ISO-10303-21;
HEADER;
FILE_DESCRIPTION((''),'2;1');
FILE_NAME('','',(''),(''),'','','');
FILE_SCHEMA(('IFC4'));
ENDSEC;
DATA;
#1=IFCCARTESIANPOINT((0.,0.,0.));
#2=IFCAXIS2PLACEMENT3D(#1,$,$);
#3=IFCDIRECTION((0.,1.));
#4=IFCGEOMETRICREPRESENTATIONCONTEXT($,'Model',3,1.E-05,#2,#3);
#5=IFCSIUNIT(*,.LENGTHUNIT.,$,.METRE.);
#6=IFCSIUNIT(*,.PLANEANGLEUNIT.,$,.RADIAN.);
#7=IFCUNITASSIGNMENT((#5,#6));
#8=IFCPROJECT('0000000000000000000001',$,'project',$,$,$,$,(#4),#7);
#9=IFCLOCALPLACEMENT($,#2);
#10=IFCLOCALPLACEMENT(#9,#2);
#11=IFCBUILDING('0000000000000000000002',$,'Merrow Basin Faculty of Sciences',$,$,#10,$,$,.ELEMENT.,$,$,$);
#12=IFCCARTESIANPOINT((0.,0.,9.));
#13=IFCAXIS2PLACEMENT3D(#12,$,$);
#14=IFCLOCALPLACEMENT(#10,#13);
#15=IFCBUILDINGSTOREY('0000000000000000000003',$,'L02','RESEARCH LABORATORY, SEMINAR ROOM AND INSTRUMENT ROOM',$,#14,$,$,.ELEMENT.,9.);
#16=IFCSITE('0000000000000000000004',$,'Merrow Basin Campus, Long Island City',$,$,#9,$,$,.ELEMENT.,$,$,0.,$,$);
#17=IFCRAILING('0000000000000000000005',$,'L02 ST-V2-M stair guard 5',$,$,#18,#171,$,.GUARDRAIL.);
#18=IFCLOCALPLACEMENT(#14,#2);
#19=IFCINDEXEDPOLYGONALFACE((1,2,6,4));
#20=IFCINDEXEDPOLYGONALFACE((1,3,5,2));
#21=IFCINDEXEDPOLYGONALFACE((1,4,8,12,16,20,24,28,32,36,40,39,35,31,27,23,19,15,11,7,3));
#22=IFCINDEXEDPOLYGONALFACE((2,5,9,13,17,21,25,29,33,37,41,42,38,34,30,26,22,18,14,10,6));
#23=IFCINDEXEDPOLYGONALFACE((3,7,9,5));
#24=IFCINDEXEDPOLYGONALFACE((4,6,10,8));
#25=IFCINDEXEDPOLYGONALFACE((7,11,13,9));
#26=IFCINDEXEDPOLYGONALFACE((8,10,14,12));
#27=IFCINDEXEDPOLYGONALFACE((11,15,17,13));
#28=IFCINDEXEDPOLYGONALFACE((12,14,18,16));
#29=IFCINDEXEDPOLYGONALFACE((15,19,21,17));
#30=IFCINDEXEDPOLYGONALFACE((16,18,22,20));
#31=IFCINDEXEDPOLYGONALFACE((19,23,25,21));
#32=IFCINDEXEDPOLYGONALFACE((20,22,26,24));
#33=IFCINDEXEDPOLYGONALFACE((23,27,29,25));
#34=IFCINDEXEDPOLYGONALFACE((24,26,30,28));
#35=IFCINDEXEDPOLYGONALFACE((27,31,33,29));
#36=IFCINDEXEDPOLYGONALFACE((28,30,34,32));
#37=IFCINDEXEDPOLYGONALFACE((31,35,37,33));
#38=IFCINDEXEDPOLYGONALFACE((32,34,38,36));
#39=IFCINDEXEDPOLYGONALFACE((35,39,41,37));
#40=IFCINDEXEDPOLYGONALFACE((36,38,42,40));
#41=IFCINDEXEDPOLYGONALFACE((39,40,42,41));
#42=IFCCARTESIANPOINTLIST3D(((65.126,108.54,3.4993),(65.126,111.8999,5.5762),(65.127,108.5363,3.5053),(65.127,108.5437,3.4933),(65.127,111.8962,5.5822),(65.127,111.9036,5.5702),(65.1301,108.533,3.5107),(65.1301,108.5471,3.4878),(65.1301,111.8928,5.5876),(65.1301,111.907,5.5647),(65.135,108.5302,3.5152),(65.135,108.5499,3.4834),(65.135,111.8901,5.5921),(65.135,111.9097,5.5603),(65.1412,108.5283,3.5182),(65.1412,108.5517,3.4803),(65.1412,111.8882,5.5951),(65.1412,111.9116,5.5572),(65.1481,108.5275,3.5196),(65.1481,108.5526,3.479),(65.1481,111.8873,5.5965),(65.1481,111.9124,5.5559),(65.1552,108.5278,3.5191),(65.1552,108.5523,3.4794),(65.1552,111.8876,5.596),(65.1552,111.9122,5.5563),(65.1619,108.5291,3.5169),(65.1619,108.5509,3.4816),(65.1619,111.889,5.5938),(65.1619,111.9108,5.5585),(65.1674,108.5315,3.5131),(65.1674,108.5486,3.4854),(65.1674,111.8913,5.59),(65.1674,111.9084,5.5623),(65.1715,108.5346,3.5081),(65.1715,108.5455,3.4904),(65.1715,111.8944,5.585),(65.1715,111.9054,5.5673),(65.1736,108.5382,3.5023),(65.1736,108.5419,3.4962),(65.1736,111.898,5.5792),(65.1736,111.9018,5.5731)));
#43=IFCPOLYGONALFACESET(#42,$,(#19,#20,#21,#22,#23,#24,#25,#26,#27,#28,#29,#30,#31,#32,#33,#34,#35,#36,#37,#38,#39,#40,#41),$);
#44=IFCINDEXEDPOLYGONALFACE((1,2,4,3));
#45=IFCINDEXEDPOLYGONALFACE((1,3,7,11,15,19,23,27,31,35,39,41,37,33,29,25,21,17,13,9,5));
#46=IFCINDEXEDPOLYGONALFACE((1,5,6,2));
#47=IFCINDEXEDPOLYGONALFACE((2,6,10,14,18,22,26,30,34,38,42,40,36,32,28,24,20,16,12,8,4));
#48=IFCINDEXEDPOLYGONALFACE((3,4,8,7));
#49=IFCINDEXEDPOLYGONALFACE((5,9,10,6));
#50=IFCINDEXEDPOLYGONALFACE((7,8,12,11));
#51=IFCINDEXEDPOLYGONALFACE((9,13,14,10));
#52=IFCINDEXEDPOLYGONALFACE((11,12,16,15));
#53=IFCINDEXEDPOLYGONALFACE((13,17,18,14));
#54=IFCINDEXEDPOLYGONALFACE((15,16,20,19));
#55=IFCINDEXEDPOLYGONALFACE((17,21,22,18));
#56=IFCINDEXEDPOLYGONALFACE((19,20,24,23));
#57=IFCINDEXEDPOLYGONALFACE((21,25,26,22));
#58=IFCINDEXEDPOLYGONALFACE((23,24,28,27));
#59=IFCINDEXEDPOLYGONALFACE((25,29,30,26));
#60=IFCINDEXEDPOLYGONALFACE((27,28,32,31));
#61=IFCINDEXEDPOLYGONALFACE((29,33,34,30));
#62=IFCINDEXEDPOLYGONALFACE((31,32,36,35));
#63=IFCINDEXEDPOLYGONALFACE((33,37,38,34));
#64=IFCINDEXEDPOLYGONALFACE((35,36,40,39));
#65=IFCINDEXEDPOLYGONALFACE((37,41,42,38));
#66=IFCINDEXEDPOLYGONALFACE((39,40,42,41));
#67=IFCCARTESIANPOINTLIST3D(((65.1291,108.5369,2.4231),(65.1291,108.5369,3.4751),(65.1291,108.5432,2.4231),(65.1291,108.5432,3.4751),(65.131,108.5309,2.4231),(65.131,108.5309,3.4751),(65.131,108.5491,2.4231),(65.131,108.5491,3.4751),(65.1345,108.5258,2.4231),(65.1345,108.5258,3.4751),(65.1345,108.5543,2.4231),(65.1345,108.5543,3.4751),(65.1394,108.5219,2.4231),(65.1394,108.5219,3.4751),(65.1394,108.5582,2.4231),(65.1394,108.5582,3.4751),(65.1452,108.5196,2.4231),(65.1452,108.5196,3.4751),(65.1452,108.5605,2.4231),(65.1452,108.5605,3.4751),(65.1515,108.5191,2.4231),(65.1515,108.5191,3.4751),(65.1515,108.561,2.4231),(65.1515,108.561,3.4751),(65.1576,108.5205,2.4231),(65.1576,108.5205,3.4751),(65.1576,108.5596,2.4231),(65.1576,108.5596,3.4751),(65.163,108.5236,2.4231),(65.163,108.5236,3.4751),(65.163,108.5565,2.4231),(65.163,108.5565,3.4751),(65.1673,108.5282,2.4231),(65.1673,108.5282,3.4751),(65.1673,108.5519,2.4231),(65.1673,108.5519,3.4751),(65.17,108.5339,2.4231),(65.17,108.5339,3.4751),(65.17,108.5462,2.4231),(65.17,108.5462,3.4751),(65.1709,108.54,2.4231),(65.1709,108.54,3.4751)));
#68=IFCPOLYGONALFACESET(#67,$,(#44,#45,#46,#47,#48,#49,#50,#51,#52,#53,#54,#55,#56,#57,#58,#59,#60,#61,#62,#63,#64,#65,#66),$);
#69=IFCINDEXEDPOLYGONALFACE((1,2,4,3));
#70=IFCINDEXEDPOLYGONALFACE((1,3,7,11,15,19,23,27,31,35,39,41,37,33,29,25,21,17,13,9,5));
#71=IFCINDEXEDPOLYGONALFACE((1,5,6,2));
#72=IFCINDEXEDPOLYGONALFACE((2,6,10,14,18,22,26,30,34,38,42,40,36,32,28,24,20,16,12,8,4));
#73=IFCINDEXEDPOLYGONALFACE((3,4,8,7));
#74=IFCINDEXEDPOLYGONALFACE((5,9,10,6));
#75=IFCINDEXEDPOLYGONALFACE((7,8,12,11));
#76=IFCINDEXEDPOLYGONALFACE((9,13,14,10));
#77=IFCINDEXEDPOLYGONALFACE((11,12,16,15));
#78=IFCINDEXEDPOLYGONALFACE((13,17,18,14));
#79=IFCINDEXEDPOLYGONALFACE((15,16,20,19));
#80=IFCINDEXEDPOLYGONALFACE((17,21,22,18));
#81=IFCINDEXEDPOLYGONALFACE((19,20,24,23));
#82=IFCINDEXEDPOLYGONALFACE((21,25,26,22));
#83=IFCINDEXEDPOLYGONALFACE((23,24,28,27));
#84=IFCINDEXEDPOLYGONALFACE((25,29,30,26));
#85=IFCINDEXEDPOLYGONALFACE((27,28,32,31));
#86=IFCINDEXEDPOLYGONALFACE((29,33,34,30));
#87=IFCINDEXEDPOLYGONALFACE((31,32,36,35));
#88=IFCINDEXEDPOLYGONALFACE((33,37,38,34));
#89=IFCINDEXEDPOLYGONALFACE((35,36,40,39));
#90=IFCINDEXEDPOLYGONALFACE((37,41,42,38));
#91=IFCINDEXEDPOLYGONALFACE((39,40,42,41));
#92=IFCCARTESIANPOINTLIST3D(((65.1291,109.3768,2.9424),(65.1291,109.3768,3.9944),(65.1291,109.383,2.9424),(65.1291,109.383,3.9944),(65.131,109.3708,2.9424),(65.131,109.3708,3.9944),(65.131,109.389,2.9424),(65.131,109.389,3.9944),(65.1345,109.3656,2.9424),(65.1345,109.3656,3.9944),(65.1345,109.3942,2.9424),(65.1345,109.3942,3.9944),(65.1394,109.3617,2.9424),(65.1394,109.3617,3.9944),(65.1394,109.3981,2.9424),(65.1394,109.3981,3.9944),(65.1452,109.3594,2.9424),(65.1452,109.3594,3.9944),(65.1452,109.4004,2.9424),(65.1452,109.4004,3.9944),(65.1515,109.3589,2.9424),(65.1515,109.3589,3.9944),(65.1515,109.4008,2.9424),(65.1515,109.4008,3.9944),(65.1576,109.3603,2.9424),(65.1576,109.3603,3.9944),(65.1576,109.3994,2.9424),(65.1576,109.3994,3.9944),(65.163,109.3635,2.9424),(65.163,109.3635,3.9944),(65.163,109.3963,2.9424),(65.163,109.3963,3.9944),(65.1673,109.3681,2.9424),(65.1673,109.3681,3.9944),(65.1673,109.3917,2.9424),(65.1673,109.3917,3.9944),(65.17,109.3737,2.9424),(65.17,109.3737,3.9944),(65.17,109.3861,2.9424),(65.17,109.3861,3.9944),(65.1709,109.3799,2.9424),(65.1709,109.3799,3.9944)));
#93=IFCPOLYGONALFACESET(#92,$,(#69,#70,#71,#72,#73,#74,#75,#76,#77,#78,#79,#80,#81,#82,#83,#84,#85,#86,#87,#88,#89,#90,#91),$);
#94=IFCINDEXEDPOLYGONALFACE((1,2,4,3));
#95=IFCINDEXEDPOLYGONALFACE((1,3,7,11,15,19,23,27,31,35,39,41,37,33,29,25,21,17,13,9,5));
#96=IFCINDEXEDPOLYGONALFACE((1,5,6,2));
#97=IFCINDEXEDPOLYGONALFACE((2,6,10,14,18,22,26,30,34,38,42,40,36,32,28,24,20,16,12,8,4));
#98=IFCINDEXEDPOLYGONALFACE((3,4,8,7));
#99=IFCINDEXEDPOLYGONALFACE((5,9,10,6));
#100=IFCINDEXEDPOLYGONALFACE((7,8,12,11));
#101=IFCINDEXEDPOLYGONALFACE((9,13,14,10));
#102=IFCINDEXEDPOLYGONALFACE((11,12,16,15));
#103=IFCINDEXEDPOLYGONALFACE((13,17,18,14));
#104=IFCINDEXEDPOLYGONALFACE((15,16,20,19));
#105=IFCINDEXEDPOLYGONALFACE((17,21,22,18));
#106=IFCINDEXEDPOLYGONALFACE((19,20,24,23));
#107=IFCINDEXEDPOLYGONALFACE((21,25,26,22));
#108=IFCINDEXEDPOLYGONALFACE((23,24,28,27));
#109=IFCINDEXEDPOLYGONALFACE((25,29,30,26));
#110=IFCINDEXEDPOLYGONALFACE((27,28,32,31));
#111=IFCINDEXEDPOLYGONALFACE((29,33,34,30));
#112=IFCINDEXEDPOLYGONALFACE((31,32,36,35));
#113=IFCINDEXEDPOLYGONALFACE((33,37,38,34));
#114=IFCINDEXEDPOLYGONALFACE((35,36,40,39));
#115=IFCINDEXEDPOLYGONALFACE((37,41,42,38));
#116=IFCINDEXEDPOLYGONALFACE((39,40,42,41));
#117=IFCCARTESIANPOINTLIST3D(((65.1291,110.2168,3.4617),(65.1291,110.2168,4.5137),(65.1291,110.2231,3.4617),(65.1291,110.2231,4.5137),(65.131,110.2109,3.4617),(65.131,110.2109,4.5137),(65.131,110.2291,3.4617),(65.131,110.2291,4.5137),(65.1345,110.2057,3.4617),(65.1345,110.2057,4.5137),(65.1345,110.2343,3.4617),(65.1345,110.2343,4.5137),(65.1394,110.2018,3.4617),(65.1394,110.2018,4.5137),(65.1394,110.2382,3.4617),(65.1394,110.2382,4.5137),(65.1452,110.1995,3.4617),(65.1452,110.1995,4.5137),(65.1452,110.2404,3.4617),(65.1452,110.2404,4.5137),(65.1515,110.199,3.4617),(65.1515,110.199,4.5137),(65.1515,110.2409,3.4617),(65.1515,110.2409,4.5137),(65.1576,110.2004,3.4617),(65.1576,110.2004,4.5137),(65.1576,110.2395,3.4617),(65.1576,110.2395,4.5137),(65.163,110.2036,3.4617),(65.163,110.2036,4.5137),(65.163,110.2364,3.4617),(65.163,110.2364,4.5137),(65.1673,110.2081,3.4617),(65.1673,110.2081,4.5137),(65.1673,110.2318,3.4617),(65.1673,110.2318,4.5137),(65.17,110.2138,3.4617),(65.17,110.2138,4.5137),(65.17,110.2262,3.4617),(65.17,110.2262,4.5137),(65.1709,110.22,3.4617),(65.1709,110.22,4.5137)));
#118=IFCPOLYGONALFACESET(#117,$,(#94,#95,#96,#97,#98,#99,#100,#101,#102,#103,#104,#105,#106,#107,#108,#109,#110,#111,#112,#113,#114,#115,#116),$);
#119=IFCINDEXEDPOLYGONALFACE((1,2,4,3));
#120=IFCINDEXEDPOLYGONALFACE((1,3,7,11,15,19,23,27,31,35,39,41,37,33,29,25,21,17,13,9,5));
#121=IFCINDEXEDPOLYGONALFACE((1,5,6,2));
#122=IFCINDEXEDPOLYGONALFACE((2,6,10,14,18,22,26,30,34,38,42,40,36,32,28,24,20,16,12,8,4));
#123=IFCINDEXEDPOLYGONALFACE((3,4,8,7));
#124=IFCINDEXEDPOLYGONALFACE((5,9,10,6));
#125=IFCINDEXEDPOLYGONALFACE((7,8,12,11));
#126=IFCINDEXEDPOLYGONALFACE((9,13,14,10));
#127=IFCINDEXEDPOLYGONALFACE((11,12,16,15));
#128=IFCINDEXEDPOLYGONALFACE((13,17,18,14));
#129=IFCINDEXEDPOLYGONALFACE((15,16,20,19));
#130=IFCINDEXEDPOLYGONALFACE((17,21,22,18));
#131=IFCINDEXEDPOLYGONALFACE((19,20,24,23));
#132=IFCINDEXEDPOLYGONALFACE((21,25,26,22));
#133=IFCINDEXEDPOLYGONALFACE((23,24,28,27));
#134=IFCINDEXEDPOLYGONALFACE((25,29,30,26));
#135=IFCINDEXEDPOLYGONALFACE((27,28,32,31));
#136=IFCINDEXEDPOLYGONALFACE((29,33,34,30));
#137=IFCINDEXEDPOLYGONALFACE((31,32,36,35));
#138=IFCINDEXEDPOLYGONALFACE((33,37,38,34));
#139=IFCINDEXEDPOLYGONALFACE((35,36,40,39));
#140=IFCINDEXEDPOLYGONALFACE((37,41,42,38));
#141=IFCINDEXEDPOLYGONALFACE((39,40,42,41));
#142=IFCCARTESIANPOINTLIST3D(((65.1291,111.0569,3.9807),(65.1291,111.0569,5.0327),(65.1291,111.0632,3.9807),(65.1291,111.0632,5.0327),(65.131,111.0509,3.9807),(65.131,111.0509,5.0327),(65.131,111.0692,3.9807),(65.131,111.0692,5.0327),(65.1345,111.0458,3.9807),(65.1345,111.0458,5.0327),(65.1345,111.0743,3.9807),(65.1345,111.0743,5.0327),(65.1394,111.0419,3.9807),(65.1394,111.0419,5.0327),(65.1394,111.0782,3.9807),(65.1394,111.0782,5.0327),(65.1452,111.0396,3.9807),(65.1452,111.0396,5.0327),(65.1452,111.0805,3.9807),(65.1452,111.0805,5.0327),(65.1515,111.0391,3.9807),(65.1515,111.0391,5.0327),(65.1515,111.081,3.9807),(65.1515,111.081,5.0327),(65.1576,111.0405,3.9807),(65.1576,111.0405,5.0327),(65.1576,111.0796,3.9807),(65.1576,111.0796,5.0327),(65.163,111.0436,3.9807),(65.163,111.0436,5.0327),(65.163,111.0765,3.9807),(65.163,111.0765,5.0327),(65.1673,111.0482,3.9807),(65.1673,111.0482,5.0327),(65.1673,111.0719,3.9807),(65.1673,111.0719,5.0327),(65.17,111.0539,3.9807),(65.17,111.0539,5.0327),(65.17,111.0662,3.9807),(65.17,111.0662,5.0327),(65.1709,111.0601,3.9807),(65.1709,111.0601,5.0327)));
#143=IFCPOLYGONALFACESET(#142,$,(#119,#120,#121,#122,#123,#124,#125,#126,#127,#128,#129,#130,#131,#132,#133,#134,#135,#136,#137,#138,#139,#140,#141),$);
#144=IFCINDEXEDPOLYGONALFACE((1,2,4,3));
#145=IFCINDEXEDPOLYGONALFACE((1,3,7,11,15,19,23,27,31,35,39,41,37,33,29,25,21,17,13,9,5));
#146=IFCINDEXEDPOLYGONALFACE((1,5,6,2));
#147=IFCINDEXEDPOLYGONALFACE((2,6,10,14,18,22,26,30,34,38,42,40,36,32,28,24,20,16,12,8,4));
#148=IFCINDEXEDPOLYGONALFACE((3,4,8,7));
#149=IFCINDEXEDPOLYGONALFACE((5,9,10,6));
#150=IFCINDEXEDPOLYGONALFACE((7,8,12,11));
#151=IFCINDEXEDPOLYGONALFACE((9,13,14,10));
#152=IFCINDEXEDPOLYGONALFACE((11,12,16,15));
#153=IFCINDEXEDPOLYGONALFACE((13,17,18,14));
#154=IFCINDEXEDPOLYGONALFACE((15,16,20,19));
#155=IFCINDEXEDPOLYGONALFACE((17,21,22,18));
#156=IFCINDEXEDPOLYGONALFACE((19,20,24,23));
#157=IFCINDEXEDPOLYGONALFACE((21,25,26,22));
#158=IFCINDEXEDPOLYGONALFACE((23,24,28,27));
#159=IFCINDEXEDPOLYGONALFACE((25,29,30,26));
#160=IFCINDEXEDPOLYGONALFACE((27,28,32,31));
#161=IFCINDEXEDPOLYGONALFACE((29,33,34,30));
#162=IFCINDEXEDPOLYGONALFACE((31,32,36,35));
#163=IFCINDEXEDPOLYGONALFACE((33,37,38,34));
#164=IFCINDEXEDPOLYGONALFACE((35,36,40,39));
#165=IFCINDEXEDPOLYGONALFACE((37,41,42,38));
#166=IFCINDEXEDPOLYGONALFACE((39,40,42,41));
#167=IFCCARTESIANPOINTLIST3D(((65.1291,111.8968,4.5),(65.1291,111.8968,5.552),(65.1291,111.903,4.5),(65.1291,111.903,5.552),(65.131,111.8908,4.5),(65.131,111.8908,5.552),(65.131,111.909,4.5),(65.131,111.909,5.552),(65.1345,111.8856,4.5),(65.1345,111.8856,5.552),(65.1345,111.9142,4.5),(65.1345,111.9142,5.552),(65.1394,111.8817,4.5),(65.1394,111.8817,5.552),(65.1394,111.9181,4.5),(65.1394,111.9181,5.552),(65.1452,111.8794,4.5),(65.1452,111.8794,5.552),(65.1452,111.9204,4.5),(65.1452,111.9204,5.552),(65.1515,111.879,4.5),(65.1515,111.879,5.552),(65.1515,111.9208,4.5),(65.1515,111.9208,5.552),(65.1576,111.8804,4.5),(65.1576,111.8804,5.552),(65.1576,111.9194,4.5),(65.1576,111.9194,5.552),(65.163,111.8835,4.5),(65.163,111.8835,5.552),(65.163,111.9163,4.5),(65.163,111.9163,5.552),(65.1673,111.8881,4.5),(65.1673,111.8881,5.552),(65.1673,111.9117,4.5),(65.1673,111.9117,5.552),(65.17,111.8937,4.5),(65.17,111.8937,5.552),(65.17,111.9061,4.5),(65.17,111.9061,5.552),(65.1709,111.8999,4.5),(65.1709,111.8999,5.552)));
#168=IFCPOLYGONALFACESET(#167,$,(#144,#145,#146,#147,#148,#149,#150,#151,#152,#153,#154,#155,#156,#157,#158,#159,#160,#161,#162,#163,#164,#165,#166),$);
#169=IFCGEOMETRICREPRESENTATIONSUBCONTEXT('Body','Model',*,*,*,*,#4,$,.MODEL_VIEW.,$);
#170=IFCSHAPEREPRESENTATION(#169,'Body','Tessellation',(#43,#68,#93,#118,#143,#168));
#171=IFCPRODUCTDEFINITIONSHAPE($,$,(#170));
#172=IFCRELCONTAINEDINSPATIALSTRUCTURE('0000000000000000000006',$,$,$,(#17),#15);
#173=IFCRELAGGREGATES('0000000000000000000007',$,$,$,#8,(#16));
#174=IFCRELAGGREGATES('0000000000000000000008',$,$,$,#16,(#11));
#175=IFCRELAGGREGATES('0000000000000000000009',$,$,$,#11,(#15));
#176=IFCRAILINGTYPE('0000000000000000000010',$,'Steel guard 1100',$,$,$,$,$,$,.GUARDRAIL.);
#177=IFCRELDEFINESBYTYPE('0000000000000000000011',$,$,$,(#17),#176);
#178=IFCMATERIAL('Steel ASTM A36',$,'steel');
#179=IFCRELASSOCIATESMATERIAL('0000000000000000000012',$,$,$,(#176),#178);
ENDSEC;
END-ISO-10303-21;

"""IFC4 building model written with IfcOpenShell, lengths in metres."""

from ifc_helpers import new_model, si_unit, direction, frame, origin, origin_2d, place, context, subcontext, project, spatial, circle, extrude, material, type_object, element, save


model = new_model("IFC4")

# Units and contexts
model_context = context("Model", 3, precision=1e-05, world=origin(), true_north=direction((0.0, 1.0)))
body_context = subcontext(model_context, "Body", "Model", "MODEL_VIEW")
ifc_project = project(units=[si_unit("LENGTHUNIT", "METRE"), si_unit("PLANEANGLEUNIT", "RADIAN")], contexts=[model_context])

# Site, building, storey
site_placement = place(None, origin())
site = spatial("IfcSite", under=ifc_project, at=site_placement, Name="Merrow Basin Campus, Long Island City", CompositionType="ELEMENT", RefElevation=0.0)
building_placement = place(site_placement, origin())
building = spatial("IfcBuilding", under=site, at=building_placement, Name="Merrow Basin Faculty of Sciences", CompositionType="ELEMENT")
storey_placement = place(building_placement, frame((0.0, 0.0, 9.0)))
storey = spatial("IfcBuildingStorey", under=building, at=storey_placement, Name="L02", Description="RESEARCH LABORATORY, SEMINAR ROOM AND INSTRUMENT ROOM", CompositionType="ELEMENT", Elevation=9.0)

# Railing
ifc_material_1 = material(Name="Steel ASTM A36", Category="steel")
railing_type_1 = type_object("IfcRailingType", Name="Steel guard 1100", PredefinedType="GUARDRAIL", material=ifc_material_1)
railing_1_placement = place(storey_placement, frame((65.1499, 108.54, 2.4231)))
element("IfcRailing", 1, at=railing_1_placement, inside=storey, type_object=railing_type_1, Name="L02 ST-V2-M stair guard 5", PredefinedType="GUARDRAIL", context=body_context, shape_type="SweptSolid", body=[
    extrude(circle(Radius=0.0239, at=origin_2d()), frame((0.0, 0.0, 1.0762), z_axis=(0.0, 0.850606, 0.525803), x_axis=(-1.0, 0.0, 0.0)), (0.0, 0.0, 1.0), 3.95),
    extrude(circle(Radius=0.021, at=origin_2d()), origin(), (0.0, 0.0, 1.0), 1.052),
    extrude(circle(Radius=0.021, at=origin_2d()), frame((0.0, 0.8398, 0.5193)), (0.0, 0.0, 1.0), 1.052),
    extrude(circle(Radius=0.021, at=origin_2d()), frame((0.0, 1.6799, 1.0386)), (0.0, 0.0, 1.0), 1.052),
    extrude(circle(Radius=0.021, at=origin_2d()), frame((0.0, 2.52, 1.5576)), (0.0, 0.0, 1.0), 1.052),
    extrude(circle(Radius=0.021, at=origin_2d()), frame((0.0, 3.3599, 2.0769)), (0.0, 0.0, 1.0), 1.052),
])

save(model, "model.ifc")
